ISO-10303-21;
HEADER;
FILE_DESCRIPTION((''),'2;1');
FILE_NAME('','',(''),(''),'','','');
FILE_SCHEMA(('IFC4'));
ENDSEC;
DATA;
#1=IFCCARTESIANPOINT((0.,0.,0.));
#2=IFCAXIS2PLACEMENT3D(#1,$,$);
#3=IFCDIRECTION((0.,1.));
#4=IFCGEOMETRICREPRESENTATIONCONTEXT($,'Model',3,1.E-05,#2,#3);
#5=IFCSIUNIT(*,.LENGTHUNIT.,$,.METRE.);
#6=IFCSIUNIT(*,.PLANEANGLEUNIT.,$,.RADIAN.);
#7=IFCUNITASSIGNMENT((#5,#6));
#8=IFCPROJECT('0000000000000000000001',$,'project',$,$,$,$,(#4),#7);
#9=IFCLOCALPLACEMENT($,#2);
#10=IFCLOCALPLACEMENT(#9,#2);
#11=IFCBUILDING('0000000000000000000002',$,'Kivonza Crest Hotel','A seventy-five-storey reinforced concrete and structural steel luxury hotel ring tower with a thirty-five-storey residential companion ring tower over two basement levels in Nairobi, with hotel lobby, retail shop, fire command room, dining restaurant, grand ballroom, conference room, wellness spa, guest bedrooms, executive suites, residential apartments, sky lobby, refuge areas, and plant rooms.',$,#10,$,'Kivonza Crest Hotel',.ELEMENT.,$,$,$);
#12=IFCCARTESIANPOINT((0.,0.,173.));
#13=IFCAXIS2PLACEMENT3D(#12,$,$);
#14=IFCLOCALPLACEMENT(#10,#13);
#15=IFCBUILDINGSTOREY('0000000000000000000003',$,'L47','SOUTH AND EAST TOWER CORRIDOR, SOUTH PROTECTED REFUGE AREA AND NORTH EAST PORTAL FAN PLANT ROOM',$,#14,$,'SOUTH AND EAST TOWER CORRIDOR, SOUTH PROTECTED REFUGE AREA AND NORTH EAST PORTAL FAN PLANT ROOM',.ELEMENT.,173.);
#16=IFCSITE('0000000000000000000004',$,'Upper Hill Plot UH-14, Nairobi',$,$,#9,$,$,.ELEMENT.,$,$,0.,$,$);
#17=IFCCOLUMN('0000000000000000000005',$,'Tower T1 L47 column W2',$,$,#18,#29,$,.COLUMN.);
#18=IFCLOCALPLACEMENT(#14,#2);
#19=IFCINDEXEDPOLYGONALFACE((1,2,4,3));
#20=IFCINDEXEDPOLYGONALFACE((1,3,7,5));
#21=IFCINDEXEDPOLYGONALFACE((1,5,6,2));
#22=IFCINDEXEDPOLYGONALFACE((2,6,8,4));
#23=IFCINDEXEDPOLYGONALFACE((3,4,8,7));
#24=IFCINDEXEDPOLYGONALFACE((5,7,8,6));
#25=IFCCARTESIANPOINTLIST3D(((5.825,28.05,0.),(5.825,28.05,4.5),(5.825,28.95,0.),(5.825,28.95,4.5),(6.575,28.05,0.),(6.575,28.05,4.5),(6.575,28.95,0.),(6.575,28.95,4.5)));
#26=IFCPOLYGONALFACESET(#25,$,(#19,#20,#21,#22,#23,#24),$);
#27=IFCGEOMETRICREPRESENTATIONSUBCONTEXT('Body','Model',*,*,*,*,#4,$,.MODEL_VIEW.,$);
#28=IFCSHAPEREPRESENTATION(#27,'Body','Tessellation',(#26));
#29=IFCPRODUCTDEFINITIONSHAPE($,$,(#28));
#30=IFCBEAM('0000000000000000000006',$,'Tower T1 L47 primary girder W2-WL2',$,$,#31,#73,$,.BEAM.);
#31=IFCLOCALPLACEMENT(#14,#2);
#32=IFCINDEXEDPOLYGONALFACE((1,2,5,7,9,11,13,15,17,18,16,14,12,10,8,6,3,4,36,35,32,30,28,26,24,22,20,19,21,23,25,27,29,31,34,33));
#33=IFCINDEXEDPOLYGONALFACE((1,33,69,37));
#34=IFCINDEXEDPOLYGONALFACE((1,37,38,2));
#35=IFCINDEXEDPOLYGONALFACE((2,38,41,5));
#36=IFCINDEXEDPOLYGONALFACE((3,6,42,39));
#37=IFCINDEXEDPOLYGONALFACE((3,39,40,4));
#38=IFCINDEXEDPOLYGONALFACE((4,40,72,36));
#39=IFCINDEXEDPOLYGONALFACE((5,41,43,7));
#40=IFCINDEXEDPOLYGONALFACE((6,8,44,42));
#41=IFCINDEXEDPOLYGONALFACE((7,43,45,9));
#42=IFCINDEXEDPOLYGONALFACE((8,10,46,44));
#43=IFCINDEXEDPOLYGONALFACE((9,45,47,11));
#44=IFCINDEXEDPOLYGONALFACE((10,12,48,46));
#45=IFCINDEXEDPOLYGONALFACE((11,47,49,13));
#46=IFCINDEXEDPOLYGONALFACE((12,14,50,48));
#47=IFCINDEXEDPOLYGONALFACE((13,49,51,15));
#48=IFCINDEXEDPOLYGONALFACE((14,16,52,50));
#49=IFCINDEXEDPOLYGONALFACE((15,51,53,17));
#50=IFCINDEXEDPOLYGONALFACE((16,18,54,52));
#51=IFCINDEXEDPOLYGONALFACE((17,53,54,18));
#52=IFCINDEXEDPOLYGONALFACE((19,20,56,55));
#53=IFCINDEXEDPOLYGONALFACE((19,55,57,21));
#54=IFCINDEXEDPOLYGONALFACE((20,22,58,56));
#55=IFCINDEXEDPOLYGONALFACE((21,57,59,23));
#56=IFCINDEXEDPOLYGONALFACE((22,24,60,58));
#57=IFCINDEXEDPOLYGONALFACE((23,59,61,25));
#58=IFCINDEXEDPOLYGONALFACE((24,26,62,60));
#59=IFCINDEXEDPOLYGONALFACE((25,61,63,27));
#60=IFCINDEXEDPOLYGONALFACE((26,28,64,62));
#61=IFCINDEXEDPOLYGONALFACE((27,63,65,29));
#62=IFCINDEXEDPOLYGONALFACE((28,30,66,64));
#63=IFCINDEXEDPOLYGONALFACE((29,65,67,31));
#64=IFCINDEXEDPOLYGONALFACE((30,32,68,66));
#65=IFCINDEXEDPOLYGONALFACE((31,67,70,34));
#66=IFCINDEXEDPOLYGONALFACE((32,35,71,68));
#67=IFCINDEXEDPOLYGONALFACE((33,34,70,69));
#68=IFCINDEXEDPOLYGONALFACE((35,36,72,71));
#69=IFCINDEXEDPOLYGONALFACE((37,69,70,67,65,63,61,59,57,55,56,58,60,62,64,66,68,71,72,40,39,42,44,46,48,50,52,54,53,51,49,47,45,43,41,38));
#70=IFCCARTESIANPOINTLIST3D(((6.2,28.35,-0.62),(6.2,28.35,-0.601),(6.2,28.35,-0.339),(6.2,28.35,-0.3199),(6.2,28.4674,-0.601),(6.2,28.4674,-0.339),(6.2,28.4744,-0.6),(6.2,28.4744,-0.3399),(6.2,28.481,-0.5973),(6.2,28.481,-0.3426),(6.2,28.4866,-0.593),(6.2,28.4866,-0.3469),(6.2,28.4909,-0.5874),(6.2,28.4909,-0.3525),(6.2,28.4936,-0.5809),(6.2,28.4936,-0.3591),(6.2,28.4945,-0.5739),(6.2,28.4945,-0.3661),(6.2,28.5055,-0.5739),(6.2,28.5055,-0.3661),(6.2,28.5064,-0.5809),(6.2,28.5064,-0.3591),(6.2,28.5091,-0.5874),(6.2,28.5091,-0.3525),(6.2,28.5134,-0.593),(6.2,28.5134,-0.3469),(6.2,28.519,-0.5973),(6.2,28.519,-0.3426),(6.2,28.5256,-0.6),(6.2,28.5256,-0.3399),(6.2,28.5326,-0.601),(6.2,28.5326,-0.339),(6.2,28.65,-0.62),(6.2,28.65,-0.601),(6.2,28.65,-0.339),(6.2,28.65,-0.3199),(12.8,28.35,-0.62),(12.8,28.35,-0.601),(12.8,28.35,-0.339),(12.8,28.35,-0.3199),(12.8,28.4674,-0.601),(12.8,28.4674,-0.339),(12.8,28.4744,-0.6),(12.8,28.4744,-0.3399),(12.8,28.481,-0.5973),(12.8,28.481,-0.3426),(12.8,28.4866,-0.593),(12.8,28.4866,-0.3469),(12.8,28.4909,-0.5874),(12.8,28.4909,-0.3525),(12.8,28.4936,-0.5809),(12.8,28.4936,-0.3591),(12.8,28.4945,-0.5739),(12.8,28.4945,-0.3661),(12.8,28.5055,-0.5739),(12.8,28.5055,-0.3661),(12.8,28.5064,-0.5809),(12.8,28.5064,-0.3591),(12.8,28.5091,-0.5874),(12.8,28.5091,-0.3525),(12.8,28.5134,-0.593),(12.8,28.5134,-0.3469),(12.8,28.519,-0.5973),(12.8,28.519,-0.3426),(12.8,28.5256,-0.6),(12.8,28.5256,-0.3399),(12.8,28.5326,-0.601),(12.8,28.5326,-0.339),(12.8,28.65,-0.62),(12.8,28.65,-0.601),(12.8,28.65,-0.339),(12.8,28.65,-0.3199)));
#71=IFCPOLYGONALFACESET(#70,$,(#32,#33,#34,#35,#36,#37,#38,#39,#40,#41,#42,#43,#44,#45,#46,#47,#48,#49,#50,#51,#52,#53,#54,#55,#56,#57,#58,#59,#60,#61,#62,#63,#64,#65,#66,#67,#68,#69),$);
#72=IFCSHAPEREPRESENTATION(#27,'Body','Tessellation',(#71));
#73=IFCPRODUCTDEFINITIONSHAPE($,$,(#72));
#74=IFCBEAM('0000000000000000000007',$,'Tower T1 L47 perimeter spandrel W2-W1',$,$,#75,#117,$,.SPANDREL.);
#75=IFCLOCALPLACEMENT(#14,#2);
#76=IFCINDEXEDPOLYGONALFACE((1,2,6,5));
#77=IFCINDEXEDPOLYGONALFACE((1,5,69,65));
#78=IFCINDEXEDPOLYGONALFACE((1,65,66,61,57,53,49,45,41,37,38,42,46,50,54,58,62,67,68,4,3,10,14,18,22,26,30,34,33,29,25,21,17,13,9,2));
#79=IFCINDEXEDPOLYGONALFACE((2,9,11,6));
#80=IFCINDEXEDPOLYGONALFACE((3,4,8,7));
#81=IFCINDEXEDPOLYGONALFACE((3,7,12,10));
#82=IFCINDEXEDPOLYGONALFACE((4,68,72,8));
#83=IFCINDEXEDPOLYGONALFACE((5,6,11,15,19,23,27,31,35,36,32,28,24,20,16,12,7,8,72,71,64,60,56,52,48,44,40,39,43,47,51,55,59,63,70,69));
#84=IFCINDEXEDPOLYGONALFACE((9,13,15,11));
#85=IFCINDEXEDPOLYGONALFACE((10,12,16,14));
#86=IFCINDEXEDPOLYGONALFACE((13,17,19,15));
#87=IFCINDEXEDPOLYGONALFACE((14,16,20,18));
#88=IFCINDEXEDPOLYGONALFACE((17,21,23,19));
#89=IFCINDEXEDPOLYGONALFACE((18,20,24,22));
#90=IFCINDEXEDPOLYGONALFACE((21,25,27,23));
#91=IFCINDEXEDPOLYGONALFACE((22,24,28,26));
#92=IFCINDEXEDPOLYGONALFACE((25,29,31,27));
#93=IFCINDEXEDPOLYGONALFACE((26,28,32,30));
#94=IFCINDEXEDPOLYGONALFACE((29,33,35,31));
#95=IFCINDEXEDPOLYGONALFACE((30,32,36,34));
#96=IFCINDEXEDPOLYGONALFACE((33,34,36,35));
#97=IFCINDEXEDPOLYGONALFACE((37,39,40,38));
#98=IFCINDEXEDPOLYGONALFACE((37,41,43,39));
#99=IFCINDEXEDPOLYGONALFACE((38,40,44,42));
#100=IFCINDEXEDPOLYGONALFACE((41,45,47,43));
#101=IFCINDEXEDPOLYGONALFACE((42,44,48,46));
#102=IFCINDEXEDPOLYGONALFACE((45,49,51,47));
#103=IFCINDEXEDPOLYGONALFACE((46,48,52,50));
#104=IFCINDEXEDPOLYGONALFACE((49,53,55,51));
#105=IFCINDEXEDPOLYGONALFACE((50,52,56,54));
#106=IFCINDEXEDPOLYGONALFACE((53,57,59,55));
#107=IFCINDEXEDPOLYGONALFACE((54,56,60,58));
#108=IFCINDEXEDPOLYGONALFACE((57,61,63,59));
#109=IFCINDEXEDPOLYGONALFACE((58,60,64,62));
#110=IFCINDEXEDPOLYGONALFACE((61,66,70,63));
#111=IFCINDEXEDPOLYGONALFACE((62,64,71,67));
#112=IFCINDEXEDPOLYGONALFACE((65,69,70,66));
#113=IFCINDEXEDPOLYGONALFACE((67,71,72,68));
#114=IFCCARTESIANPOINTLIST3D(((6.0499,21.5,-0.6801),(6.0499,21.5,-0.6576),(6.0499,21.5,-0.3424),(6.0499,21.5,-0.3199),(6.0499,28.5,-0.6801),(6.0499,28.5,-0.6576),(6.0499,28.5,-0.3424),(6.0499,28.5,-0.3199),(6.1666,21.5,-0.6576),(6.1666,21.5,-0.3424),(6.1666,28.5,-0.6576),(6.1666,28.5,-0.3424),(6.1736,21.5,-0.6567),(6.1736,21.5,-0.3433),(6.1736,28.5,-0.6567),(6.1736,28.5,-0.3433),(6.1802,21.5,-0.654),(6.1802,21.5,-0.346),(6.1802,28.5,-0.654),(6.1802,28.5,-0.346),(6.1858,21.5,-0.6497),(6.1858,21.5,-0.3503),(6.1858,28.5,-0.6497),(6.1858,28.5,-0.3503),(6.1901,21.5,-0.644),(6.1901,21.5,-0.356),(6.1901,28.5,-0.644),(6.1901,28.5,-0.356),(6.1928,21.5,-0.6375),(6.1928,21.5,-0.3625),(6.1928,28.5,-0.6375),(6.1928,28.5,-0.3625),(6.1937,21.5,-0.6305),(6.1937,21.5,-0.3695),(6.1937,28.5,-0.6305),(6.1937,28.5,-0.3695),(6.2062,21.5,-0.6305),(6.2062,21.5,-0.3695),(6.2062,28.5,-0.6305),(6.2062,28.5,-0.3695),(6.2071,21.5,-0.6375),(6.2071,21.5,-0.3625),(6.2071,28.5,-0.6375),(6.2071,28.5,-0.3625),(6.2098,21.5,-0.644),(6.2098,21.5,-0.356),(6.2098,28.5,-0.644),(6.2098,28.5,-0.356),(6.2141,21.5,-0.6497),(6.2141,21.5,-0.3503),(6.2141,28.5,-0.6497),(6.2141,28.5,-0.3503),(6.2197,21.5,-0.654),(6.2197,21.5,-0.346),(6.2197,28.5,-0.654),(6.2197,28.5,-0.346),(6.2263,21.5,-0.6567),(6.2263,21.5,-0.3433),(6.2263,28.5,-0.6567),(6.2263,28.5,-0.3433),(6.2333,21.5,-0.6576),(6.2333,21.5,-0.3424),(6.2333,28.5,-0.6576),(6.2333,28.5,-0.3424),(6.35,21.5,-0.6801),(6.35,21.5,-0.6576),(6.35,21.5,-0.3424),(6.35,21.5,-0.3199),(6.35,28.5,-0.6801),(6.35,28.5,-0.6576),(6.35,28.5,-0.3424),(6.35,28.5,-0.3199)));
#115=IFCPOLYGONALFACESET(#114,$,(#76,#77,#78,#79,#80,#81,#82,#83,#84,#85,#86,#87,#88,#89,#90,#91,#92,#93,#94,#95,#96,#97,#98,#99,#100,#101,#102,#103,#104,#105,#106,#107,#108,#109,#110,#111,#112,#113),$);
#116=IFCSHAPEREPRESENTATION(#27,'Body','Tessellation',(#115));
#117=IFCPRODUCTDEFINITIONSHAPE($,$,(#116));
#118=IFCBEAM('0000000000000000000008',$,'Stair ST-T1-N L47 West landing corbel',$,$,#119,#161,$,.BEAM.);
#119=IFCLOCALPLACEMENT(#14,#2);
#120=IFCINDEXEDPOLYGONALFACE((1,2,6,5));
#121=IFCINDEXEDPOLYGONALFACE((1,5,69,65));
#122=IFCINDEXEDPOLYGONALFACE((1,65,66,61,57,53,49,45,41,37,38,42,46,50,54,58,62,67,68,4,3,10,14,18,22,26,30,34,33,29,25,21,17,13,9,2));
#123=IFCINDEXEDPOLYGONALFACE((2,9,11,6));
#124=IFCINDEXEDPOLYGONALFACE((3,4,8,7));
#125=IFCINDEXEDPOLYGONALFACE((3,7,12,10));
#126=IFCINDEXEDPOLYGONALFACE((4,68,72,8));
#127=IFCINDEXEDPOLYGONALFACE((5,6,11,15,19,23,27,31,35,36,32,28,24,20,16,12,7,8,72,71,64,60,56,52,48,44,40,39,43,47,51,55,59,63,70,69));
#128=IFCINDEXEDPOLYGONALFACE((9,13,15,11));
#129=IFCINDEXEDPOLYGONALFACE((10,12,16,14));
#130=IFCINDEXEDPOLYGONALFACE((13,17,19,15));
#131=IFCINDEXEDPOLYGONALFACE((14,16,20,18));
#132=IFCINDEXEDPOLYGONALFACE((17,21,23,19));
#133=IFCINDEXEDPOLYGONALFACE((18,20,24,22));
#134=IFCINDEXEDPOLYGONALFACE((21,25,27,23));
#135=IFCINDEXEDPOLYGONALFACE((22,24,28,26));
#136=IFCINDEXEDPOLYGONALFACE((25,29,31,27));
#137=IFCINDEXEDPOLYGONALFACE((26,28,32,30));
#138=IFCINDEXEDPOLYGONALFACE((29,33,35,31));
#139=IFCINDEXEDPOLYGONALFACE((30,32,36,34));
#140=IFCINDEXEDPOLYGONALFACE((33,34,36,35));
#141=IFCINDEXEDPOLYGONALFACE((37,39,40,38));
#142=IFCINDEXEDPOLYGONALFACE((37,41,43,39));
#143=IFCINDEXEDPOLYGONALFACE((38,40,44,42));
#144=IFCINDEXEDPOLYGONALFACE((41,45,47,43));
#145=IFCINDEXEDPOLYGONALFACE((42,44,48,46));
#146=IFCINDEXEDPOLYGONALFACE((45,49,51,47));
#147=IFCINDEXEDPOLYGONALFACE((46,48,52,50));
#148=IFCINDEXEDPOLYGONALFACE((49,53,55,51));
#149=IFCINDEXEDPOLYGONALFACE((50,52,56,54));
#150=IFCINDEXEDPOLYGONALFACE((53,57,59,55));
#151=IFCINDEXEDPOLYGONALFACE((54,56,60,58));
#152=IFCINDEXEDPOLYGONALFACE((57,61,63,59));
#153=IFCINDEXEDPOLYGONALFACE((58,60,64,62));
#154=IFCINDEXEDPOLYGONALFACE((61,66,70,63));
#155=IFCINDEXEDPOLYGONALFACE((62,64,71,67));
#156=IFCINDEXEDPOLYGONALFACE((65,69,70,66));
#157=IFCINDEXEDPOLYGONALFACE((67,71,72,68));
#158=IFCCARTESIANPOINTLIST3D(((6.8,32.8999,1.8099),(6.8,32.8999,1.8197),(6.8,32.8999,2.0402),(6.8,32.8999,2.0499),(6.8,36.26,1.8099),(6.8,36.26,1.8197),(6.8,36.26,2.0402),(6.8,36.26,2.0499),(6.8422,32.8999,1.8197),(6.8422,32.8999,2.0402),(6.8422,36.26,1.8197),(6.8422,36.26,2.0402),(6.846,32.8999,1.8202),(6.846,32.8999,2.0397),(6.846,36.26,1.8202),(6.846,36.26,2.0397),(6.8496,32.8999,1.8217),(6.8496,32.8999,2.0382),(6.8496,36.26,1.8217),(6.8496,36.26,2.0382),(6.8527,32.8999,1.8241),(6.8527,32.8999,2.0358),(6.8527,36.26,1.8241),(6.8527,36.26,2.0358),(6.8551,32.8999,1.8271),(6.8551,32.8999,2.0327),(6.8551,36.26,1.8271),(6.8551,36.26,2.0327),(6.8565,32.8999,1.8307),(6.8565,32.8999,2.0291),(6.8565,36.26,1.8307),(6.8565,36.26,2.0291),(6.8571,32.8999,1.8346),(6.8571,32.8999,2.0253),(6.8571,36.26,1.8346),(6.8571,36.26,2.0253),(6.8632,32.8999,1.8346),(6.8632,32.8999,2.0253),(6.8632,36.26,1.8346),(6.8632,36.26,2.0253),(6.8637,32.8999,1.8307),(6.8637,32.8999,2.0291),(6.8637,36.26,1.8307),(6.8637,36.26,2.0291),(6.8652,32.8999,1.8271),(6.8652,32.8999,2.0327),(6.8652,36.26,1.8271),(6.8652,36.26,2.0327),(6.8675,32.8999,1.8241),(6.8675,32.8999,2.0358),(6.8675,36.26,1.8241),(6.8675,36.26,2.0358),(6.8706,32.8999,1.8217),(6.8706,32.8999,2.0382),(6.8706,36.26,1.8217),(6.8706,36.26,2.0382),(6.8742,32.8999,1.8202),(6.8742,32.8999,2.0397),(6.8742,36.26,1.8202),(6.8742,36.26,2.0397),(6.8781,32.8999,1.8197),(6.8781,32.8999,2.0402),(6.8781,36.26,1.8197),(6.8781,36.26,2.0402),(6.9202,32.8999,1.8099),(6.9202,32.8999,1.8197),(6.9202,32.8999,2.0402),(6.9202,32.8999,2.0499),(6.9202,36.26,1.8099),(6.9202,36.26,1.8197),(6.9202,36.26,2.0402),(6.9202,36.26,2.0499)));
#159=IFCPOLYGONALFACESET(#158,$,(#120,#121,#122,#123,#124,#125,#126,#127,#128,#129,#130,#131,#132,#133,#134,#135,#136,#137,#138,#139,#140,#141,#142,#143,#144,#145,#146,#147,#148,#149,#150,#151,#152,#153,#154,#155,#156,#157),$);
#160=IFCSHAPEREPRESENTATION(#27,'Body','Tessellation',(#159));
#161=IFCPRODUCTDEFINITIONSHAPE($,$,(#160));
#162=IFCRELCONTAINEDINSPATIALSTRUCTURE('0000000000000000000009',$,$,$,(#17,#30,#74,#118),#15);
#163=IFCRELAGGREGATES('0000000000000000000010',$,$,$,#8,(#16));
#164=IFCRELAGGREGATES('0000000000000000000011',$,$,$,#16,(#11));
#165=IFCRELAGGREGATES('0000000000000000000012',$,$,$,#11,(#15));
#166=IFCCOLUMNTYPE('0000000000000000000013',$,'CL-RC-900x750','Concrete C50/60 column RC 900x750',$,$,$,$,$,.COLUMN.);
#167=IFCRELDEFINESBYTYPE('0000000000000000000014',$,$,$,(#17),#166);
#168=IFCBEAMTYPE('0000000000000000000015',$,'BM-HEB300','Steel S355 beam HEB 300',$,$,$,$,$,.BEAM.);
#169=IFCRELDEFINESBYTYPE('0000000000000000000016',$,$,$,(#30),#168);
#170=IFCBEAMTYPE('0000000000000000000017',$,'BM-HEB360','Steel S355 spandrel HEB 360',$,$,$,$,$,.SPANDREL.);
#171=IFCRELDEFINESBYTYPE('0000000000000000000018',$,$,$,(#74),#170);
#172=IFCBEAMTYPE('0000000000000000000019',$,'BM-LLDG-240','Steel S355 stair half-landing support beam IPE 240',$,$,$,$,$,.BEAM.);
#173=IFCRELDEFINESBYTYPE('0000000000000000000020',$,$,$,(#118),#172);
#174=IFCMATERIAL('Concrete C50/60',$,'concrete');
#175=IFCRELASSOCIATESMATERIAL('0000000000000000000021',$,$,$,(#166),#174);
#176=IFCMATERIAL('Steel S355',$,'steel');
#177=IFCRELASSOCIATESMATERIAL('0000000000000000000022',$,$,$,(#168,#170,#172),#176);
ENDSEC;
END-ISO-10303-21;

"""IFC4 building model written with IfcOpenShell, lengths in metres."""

from ifc_helpers import new_model, si_unit, direction, frame, origin, origin_2d, place, context, subcontext, project, spatial, rectangle, i_section, extrude, material, material_profile, profile_set, type_object, element, save


model = new_model("IFC4")

# Units and contexts
model_context = context("Model", 3, precision=1e-05, world=origin(), true_north=direction((0.0, 1.0)))
body_context = subcontext(model_context, "Body", "Model", "MODEL_VIEW")
ifc_project = project(units=[si_unit("LENGTHUNIT", "METRE"), si_unit("PLANEANGLEUNIT", "RADIAN")], contexts=[model_context])

# Site, building, storey
site_placement = place(None, origin())
site = spatial("IfcSite", under=ifc_project, at=site_placement, Name="Upper Hill Plot UH-14, Nairobi", CompositionType="ELEMENT", RefElevation=0.0)
building_placement = place(site_placement, origin())
building = spatial("IfcBuilding", under=site, at=building_placement, Name="Kivonza Crest Hotel", Description="A seventy-five-storey reinforced concrete and structural steel luxury hotel ring tower with a thirty-five-storey residential companion ring tower over two basement levels in Nairobi, with hotel lobby, retail shop, fire command room, dining restaurant, grand ballroom, conference room, wellness spa, guest bedrooms, executive suites, residential apartments, sky lobby, refuge areas, and plant rooms.", LongName="Kivonza Crest Hotel", CompositionType="ELEMENT")
storey_placement = place(building_placement, frame((0.0, 0.0, 173.0)))
storey = spatial("IfcBuildingStorey", under=building, at=storey_placement, Name="L47", Description="SOUTH AND EAST TOWER CORRIDOR, SOUTH PROTECTED REFUGE AREA AND NORTH EAST PORTAL FAN PLANT ROOM", LongName="SOUTH AND EAST TOWER CORRIDOR, SOUTH PROTECTED REFUGE AREA AND NORTH EAST PORTAL FAN PLANT ROOM", CompositionType="ELEMENT", Elevation=173.0)

# Column
ifc_material_1 = material(Name="Concrete C50/60", Category="concrete")
ifc_material_profile_1 = material_profile(ifc_material_1, rectangle(XDim=0.75, YDim=0.8999, at=origin_2d()), Name="RC 900x750")
ifc_profile_set_1 = profile_set([ifc_material_profile_1], Name="Concrete C50/60")
column_type = type_object("IfcColumnType", Name="CL-RC-900x750", Description="Concrete C50/60 column RC 900x750", PredefinedType="COLUMN", material=ifc_profile_set_1)
column_placement = place(storey_placement, frame((6.2, 28.5, 0.0), z_axis=(0.0, 0.0, 1.0), x_axis=(1.0, 0.0, 0.0)))
element("IfcColumn", 1, at=column_placement, inside=storey, type_object=column_type, Name="Tower T1 L47 column W2", PredefinedType="COLUMN", context=body_context, shape_type="SweptSolid", body=[
    extrude(rectangle(XDim=0.75, YDim=0.8999, at=origin_2d()), origin(), (0.0, 0.0, 1.0), 4.5),
])

# Beams
ifc_material_2 = material(Name="Steel S355", Category="steel")
ifc_material_profile_2 = material_profile(ifc_material_2, i_section(OverallWidth=0.3, OverallDepth=0.3, WebThickness=0.011, FlangeThickness=0.019, FilletRadius=0.0271, at=origin_2d()), Name="HEB 300")
ifc_profile_set_2 = profile_set([ifc_material_profile_2], Name="Steel S355")
beam_type_1 = type_object("IfcBeamType", Name="BM-HEB300", Description="Steel S355 beam HEB 300", PredefinedType="BEAM", material=ifc_profile_set_2)
beam_1_placement = place(storey_placement, frame((6.2, 28.5, -0.47), z_axis=(1.0, 0.0, 0.0), x_axis=(0.0, 1.0, 0.0)))
element("IfcBeam", 2, at=beam_1_placement, inside=storey, type_object=beam_type_1, Name="Tower T1 L47 primary girder W2-WL2", PredefinedType="BEAM", context=body_context, shape_type="SweptSolid", body=[
    extrude(i_section(OverallWidth=0.3, OverallDepth=0.3, WebThickness=0.011, FlangeThickness=0.019, FilletRadius=0.0271, at=origin_2d()), origin(), (0.0, 0.0, 1.0), 6.6001),
])
ifc_material_profile_3 = material_profile(ifc_material_2, i_section(OverallWidth=0.3, OverallDepth=0.3601, WebThickness=0.0125, FlangeThickness=0.0225, FilletRadius=0.0271, at=origin_2d()), Name="HEB 360")
ifc_profile_set_3 = profile_set([ifc_material_profile_3], Name="Steel S355")
beam_type_2 = type_object("IfcBeamType", Name="BM-HEB360", Description="Steel S355 spandrel HEB 360", PredefinedType="SPANDREL", material=ifc_profile_set_3)
beam_2_placement = place(storey_placement, frame((6.2, 28.5, -0.5), z_axis=(0.0, -1.0, 0.0), x_axis=(1.0, 0.0, 0.0)))
element("IfcBeam", 3, at=beam_2_placement, inside=storey, type_object=beam_type_2, Name="Tower T1 L47 perimeter spandrel W2-W1", PredefinedType="SPANDREL", context=body_context, shape_type="SweptSolid", body=[
    extrude(i_section(OverallWidth=0.3, OverallDepth=0.3601, WebThickness=0.0125, FlangeThickness=0.0225, FilletRadius=0.0271, at=origin_2d()), origin(), (0.0, 0.0, 1.0), 7.0),
])
ifc_material_profile_4 = material_profile(ifc_material_2, i_section(OverallWidth=0.1201, OverallDepth=0.24, WebThickness=0.0061, FlangeThickness=0.0098, FilletRadius=0.0149, at=origin_2d()), Name="IPE 240")
ifc_profile_set_4 = profile_set([ifc_material_profile_4], Name="Steel S355")
beam_type_3 = type_object("IfcBeamType", Name="BM-LLDG-240", Description="Steel S355 stair half-landing support beam IPE 240", PredefinedType="BEAM", material=ifc_profile_set_4)
beam_3_placement = place(storey_placement, frame((6.8601, 32.8999, 1.9299), z_axis=(0.0, 1.0, 0.0), x_axis=(-1.0, 0.0, 0.0)))
element("IfcBeam", 4, at=beam_3_placement, inside=storey, type_object=beam_type_3, Name="Stair ST-T1-N L47 West landing corbel", PredefinedType="BEAM", context=body_context, shape_type="SweptSolid", body=[
    extrude(i_section(OverallWidth=0.1201, OverallDepth=0.24, WebThickness=0.0061, FlangeThickness=0.0098, FilletRadius=0.0149, at=origin_2d()), origin(), (0.0, 0.0, 1.0), 3.3601),
])

save(model, "model.ifc")
